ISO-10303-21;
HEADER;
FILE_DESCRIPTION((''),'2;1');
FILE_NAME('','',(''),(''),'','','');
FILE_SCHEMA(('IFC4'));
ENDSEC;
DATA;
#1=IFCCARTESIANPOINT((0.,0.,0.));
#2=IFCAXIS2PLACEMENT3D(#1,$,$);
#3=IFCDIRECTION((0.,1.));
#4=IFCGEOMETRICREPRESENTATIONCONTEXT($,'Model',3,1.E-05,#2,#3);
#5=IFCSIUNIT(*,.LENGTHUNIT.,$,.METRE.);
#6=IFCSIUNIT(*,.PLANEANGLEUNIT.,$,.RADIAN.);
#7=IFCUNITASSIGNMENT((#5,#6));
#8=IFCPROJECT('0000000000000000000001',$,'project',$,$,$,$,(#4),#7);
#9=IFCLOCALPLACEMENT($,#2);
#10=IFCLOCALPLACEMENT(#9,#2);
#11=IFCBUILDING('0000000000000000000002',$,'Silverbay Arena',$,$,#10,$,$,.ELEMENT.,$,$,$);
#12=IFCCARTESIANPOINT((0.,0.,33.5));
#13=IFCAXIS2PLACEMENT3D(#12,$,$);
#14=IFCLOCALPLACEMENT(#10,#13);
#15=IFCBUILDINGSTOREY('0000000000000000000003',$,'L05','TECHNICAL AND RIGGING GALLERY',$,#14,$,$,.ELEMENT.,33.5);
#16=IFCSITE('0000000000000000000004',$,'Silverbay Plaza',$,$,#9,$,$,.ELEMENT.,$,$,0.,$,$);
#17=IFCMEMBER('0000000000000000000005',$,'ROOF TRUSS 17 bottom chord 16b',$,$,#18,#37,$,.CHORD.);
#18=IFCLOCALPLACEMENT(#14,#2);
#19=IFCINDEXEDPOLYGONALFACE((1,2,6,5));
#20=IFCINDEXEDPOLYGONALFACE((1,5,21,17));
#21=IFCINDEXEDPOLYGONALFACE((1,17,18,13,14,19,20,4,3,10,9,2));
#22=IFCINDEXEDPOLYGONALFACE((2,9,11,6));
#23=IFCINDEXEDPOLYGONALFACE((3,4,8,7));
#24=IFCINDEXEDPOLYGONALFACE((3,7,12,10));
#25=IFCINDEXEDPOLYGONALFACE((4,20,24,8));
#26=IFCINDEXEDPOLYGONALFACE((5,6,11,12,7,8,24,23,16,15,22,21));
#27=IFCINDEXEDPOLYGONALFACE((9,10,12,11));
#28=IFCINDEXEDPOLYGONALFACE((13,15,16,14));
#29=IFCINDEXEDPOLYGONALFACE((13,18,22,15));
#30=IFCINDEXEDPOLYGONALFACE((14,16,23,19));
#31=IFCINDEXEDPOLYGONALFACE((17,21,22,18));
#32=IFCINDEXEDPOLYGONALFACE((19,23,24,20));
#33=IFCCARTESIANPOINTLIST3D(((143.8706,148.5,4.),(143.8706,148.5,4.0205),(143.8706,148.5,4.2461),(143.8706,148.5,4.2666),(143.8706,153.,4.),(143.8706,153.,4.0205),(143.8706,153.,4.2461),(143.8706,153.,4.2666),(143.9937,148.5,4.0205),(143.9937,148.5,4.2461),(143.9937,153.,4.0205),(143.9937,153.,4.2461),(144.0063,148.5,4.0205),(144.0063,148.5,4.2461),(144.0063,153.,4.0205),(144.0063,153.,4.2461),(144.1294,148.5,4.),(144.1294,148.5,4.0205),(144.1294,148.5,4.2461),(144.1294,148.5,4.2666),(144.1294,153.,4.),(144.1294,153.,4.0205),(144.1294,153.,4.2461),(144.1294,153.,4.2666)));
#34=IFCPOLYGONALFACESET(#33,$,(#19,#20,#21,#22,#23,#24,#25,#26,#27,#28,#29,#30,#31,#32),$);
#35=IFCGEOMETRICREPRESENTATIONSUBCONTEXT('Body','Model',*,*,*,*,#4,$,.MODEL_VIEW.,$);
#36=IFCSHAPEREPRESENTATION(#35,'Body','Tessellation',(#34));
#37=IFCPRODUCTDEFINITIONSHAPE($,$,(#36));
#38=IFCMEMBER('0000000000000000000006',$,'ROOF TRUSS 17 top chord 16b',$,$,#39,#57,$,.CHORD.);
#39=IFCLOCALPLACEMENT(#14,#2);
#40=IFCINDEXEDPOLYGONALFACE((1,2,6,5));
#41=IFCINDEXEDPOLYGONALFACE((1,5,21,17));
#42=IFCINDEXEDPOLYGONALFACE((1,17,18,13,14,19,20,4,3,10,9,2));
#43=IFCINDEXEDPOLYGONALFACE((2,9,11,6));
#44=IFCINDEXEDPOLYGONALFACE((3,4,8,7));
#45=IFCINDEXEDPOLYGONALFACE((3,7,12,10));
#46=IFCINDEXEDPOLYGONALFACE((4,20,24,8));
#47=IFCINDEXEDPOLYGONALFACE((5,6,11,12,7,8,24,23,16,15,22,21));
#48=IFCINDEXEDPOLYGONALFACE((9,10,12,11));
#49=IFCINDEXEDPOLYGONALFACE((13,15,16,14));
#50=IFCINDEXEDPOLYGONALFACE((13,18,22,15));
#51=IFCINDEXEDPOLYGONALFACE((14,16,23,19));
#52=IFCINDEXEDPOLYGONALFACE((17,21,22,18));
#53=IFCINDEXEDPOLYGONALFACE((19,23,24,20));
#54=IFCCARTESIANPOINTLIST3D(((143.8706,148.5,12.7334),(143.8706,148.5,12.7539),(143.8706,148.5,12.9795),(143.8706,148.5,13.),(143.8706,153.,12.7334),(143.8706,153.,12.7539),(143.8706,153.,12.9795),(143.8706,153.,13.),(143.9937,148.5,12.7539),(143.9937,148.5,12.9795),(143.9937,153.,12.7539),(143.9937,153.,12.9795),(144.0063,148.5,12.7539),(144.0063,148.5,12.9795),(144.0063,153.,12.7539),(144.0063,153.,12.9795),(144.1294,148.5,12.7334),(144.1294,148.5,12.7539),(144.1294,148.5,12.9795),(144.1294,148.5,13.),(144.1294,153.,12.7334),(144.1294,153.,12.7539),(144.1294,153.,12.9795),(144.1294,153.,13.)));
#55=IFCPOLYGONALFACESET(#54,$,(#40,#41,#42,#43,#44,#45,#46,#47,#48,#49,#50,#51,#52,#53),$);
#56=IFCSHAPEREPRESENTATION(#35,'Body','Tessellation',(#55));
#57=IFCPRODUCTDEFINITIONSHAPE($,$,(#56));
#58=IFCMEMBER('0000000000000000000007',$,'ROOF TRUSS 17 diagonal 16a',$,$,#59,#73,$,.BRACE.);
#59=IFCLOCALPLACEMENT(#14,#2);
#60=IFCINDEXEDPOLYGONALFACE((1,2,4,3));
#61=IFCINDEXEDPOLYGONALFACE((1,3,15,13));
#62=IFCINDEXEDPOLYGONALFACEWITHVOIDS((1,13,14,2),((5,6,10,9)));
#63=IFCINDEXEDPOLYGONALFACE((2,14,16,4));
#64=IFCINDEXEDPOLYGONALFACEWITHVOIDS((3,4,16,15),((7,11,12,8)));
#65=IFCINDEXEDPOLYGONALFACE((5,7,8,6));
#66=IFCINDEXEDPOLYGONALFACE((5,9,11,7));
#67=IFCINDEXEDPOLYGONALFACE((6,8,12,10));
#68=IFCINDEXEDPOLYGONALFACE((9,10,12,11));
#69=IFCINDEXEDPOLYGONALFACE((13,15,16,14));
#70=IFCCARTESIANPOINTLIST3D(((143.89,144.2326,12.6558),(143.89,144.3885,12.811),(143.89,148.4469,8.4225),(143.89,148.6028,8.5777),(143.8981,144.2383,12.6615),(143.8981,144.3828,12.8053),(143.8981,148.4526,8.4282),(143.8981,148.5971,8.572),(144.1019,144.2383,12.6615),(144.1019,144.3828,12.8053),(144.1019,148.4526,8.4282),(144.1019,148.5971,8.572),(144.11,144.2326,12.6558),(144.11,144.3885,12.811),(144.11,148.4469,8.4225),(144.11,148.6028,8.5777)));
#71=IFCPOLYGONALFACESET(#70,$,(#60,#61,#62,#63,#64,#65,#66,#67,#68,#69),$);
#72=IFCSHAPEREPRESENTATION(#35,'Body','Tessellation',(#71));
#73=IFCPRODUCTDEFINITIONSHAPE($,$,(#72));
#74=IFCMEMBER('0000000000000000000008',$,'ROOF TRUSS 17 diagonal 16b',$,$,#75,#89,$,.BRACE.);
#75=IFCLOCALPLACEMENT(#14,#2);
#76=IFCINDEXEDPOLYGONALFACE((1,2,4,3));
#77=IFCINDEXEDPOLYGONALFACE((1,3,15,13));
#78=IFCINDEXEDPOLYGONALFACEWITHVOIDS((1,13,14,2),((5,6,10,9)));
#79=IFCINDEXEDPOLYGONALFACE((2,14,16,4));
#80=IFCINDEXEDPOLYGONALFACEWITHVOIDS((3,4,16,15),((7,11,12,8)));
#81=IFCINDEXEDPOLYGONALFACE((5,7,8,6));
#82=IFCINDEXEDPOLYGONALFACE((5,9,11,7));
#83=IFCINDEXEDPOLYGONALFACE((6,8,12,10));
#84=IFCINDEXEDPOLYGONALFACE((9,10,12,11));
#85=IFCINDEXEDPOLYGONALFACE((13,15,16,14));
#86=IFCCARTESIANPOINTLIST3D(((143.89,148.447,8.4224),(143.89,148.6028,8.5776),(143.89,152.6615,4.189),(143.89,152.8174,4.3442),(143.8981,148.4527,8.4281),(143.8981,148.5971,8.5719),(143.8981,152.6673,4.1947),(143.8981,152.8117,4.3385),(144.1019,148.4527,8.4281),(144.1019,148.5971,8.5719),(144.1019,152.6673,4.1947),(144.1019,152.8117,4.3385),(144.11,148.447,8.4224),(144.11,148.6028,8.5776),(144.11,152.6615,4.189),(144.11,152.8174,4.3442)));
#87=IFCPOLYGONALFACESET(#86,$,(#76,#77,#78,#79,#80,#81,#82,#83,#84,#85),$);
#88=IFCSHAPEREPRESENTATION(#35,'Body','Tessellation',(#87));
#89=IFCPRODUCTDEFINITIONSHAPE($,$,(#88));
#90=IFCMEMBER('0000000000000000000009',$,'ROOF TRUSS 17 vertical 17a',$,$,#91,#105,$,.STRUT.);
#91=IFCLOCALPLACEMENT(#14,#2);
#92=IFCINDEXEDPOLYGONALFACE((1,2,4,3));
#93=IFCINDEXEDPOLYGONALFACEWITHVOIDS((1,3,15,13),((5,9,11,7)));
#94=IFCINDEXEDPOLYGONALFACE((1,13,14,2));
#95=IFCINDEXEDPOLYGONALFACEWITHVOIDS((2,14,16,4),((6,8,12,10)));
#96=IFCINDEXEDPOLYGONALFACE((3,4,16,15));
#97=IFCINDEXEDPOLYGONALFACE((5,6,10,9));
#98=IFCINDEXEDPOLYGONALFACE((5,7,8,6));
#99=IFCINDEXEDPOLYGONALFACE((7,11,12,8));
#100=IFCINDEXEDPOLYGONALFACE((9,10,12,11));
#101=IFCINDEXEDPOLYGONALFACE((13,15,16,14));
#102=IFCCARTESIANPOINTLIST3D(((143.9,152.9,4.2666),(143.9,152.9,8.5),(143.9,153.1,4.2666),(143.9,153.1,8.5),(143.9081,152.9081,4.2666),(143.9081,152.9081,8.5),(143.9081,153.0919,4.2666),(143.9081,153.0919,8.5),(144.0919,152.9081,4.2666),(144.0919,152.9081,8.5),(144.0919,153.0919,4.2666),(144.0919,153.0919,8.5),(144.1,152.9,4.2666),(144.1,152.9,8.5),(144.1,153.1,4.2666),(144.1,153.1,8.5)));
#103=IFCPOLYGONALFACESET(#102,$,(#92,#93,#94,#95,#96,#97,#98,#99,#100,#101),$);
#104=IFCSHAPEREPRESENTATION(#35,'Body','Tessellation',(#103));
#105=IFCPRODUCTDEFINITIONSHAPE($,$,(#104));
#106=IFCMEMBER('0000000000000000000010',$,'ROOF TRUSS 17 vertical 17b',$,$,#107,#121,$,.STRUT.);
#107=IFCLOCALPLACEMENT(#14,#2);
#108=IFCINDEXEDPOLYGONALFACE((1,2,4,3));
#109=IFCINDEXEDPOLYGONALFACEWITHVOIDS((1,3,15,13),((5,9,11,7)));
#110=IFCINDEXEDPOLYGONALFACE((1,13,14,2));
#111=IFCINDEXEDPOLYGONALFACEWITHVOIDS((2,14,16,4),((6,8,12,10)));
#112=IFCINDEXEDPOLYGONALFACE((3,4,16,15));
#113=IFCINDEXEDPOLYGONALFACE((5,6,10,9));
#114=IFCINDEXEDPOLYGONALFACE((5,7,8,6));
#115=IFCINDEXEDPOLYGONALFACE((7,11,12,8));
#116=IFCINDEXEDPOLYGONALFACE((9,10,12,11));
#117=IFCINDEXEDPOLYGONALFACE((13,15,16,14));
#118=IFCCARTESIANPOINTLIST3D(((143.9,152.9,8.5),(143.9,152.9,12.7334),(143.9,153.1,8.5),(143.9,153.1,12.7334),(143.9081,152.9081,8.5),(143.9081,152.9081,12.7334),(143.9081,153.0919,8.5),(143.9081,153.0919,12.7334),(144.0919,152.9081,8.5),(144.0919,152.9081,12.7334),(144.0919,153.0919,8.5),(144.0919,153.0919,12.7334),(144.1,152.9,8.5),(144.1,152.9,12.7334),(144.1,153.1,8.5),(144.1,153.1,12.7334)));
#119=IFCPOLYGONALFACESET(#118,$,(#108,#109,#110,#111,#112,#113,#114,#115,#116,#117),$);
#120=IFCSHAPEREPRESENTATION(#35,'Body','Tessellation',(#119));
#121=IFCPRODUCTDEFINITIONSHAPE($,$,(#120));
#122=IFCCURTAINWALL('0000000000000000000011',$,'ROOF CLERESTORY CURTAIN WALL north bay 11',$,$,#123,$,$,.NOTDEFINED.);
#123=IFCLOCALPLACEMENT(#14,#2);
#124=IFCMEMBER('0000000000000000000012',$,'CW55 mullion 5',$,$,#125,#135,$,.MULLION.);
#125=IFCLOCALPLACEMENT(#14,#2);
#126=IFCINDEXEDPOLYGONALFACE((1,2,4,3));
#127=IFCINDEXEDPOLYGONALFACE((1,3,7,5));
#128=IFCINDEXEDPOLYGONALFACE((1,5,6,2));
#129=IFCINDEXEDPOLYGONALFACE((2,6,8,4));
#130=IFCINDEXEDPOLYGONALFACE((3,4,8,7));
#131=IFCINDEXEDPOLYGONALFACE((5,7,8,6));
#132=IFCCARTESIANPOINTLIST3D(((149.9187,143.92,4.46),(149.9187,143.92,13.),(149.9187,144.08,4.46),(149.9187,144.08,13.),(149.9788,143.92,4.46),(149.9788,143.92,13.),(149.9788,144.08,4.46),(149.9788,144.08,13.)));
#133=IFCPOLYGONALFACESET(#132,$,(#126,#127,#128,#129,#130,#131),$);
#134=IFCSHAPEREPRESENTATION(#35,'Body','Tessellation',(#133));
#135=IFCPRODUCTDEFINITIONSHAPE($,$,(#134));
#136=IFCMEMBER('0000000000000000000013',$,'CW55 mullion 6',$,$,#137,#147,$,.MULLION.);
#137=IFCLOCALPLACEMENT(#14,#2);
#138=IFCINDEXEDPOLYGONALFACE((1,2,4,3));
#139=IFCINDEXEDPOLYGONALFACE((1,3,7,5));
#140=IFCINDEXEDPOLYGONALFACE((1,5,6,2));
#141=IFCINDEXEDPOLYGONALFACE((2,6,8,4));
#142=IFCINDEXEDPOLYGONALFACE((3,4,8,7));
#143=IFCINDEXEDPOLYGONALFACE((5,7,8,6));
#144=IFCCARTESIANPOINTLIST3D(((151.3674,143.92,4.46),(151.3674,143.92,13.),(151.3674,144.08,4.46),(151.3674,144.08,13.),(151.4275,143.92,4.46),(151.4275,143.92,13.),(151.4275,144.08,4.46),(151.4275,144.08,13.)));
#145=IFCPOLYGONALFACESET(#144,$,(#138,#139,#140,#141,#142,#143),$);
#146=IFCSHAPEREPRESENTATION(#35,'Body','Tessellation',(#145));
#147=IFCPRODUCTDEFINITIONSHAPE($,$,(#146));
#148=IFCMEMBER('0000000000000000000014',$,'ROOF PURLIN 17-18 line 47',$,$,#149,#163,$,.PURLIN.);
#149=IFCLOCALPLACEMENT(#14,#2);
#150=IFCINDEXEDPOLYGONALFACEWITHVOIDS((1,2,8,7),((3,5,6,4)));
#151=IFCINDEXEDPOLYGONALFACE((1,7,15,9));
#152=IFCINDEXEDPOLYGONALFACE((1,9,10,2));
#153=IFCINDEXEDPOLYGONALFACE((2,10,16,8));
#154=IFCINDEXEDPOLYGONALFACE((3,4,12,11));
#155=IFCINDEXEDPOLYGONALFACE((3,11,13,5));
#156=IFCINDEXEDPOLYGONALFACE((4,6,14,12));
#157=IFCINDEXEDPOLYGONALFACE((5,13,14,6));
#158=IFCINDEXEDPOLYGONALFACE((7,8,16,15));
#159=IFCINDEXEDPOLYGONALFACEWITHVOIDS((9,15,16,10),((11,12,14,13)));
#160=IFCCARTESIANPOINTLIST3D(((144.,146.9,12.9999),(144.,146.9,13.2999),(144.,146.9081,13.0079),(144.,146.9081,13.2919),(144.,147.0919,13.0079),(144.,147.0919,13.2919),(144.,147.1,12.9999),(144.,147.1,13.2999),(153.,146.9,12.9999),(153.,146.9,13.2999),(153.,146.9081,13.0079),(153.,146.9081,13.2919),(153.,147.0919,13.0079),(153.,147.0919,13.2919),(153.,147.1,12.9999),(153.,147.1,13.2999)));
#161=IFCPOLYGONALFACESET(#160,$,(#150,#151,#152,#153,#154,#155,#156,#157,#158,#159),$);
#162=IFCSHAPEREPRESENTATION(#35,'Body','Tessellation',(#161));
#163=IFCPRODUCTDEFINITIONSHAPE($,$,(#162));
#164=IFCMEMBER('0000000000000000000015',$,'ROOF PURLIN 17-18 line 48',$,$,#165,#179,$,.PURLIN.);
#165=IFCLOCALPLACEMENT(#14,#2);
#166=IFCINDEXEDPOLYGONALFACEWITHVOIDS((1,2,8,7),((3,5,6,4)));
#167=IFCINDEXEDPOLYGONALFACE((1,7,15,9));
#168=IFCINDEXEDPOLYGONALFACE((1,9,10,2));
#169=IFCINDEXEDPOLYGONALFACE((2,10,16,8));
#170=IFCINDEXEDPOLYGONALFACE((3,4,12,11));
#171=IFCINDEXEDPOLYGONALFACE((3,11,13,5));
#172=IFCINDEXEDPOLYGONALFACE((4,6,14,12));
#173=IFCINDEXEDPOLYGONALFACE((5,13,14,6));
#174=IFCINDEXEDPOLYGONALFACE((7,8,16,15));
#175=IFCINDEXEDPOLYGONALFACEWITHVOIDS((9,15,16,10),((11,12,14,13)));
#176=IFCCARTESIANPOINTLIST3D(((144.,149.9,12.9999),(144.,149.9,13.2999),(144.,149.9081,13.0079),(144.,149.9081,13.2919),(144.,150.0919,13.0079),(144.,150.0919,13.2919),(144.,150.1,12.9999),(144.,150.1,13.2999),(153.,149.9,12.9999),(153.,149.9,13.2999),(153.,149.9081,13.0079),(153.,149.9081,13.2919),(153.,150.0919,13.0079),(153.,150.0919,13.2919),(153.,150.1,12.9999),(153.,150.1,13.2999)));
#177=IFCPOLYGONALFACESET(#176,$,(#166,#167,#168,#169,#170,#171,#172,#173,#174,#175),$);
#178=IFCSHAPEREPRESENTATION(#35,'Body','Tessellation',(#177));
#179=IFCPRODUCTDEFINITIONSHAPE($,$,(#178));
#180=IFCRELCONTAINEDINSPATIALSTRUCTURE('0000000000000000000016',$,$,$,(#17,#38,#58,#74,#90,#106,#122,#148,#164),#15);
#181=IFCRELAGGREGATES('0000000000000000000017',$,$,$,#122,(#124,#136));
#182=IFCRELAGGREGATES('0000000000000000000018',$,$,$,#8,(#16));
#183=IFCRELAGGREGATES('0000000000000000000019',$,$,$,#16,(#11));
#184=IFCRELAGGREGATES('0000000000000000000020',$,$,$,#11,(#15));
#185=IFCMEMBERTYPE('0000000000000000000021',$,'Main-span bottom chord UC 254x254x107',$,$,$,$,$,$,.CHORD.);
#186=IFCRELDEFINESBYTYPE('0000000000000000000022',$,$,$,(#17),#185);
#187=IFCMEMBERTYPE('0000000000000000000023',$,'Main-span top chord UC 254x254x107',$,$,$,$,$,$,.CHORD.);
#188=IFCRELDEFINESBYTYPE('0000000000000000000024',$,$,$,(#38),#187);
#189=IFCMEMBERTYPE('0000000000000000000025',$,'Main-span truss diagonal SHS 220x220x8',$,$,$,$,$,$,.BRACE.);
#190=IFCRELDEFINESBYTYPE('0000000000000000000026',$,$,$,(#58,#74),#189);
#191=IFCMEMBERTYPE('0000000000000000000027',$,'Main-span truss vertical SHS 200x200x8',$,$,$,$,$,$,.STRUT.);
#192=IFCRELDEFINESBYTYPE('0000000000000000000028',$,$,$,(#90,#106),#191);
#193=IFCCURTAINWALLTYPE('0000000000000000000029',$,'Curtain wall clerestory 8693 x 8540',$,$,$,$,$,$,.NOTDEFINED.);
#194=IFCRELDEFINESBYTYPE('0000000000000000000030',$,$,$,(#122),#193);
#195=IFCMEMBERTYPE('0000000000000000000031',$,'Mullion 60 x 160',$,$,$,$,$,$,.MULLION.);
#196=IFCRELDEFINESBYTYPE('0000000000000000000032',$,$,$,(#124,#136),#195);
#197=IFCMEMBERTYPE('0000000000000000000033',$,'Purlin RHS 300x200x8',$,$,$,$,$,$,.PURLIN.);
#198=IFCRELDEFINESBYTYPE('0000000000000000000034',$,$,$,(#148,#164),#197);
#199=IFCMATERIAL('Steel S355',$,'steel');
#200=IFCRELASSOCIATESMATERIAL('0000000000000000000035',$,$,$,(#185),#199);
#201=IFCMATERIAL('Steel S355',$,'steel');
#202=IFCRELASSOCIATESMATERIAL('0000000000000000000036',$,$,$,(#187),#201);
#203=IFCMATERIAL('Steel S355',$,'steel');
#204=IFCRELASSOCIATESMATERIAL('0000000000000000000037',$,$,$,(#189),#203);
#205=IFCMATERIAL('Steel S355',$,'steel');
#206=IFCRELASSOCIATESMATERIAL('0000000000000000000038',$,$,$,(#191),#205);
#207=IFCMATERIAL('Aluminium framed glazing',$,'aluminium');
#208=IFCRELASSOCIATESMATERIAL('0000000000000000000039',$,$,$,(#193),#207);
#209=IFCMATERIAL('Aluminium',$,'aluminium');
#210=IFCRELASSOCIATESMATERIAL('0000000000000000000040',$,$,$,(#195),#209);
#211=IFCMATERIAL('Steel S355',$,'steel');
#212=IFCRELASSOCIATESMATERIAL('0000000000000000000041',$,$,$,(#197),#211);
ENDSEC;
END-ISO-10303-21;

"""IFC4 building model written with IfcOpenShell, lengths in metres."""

from ifc_helpers import new_model, si_unit, direction, frame, origin, origin_2d, place, context, subcontext, project, spatial, rectangle, hollow_rectangle, i_section, extrude, material, material_profile, profile_set, type_object, element, aggregate, save


model = new_model("IFC4")

# Units and contexts
model_context = context("Model", 3, precision=1e-05, world=origin(), true_north=direction((0.0, 1.0)))
body_context = subcontext(model_context, "Body", "Model", "MODEL_VIEW")
ifc_project = project(units=[si_unit("LENGTHUNIT", "METRE"), si_unit("PLANEANGLEUNIT", "RADIAN")], contexts=[model_context])

# Site, building, storey
site_placement = place(None, origin())
site = spatial("IfcSite", under=ifc_project, at=site_placement, Name="Silverbay Plaza", CompositionType="ELEMENT", RefElevation=0.0)
building_placement = place(site_placement, origin())
building = spatial("IfcBuilding", under=site, at=building_placement, Name="Silverbay Arena", CompositionType="ELEMENT")
storey_placement = place(building_placement, frame((0.0, 0.0, 33.5)))
storey = spatial("IfcBuildingStorey", under=building, at=storey_placement, Name="L05", Description="TECHNICAL AND RIGGING GALLERY", CompositionType="ELEMENT", Elevation=33.5)

# Members
ifc_material_1 = material(Name="Steel S355", Category="steel")
ifc_material_profile_1 = material_profile(ifc_material_1, i_section(OverallWidth=0.2588, OverallDepth=0.2666, WebThickness=0.0127, FlangeThickness=0.0205, at=origin_2d()), Name="UC 254x254x107")
ifc_profile_set_1 = profile_set([ifc_material_profile_1], Name="Steel S355")
member_type_1 = type_object("IfcMemberType", Name="Main-span bottom chord UC 254x254x107", PredefinedType="CHORD", material=ifc_profile_set_1)
member_1_placement = place(storey_placement, frame((144.0, 148.5, 4.1333), z_axis=(0.0, 1.0, 0.0), x_axis=(-1.0, 0.0, 0.0)))
element("IfcMember", 1, at=member_1_placement, inside=storey, type_object=member_type_1, Name="ROOF TRUSS 17 bottom chord 16b", PredefinedType="CHORD", context=body_context, shape_type="SweptSolid", body=[
    extrude(i_section(OverallWidth=0.2588, OverallDepth=0.2666, WebThickness=0.0127, FlangeThickness=0.0205, at=origin_2d()), origin(), (0.0, 0.0, 1.0), 4.5),
])
ifc_material_2 = material(Name="Steel S355", Category="steel")
ifc_material_profile_2 = material_profile(ifc_material_2, i_section(OverallWidth=0.2588, OverallDepth=0.2666, WebThickness=0.0127, FlangeThickness=0.0205, at=origin_2d()), Name="UC 254x254x107")
ifc_profile_set_2 = profile_set([ifc_material_profile_2], Name="Steel S355")
member_type_2 = type_object("IfcMemberType", Name="Main-span top chord UC 254x254x107", PredefinedType="CHORD", material=ifc_profile_set_2)
member_2_placement = place(storey_placement, frame((144.0, 148.5, 12.8667), z_axis=(0.0, 1.0, 0.0), x_axis=(-1.0, 0.0, 0.0)))
element("IfcMember", 2, at=member_2_placement, inside=storey, type_object=member_type_2, Name="ROOF TRUSS 17 top chord 16b", PredefinedType="CHORD", context=body_context, shape_type="SweptSolid", body=[
    extrude(i_section(OverallWidth=0.2588, OverallDepth=0.2666, WebThickness=0.0127, FlangeThickness=0.0205, at=origin_2d()), origin(), (0.0, 0.0, 1.0), 4.5),
])
ifc_material_3 = material(Name="Steel S355", Category="steel")
ifc_material_profile_3 = material_profile(ifc_material_3, hollow_rectangle(XDim=0.22, YDim=0.22, WallThickness=0.0081, at=origin_2d()), Name="SHS 220x220x8")
ifc_profile_set_3 = profile_set([ifc_material_profile_3], Name="Steel S355")
member_type_3 = type_object("IfcMemberType", Name="Main-span truss diagonal SHS 220x220x8", PredefinedType="BRACE", material=ifc_profile_set_3)
member_3_placement = place(storey_placement, frame((144.0, 144.3105, 12.7334), z_axis=(0.0, 0.705511, -0.708699), x_axis=(-1.0, 0.0, 0.0)))
element("IfcMember", 3, at=member_3_placement, inside=storey, type_object=member_type_3, Name="ROOF TRUSS 17 diagonal 16a", PredefinedType="BRACE", context=body_context, shape_type="SweptSolid", body=[
    extrude(hollow_rectangle(XDim=0.22, YDim=0.22, WallThickness=0.0081, at=origin_2d()), origin(), (0.0, 0.0, 1.0), 5.9734),
])
member_4_placement = place(storey_placement, frame((144.0, 148.5249, 8.5), z_axis=(0.0, 0.705532, -0.708679), x_axis=(-1.0, 0.0, 0.0)))
element("IfcMember", 4, at=member_4_placement, inside=storey, type_object=member_type_3, Name="ROOF TRUSS 17 diagonal 16b", PredefinedType="BRACE", context=body_context, shape_type="SweptSolid", body=[
    extrude(hollow_rectangle(XDim=0.22, YDim=0.22, WallThickness=0.0081, at=origin_2d()), origin(), (0.0, 0.0, 1.0), 5.9736),
])
ifc_material_4 = material(Name="Steel S355", Category="steel")
ifc_material_profile_4 = material_profile(ifc_material_4, hollow_rectangle(XDim=0.2, YDim=0.2, WallThickness=0.0081, at=origin_2d()), Name="SHS 200x200x8")
ifc_profile_set_4 = profile_set([ifc_material_profile_4], Name="Steel S355")
member_type_4 = type_object("IfcMemberType", Name="Main-span truss vertical SHS 200x200x8", PredefinedType="STRUT", material=ifc_profile_set_4)
for number, where, z_axis, x_axis, name in (
    (5, (144.0, 153.0, 4.2666), (0.0, 0.0, 1.0), (1.0, 0.0, 0.0), "ROOF TRUSS 17 vertical 17a"),
    (6, (144.0, 153.0, 8.5), (0.0, 0.0, 1.0), (1.0, 0.0, 0.0), "ROOF TRUSS 17 vertical 17b"),
):
    element("IfcMember", number, at=place(storey_placement, frame(where, z_axis=z_axis, x_axis=x_axis)), inside=storey, type_object=member_type_4, Name=name, PredefinedType="STRUT", context=body_context, shape_type="SweptSolid", body=[
        extrude(hollow_rectangle(XDim=0.2, YDim=0.2, WallThickness=0.0081, at=origin_2d()), origin(), (0.0, 0.0, 1.0), 4.2334),
    ])

# Curtain wall, members
ifc_material_5 = material(Name="Aluminium framed glazing", Category="aluminium")
curtain_wall_type = type_object("IfcCurtainWallType", Name="Curtain wall clerestory 8693 x 8540", PredefinedType="NOTDEFINED", material=ifc_material_5)
curtain_wall_placement = place(storey_placement, origin())
curtain_wall = element("IfcCurtainWall", 7, at=curtain_wall_placement, inside=storey, type_object=curtain_wall_type, Name="ROOF CLERESTORY CURTAIN WALL north bay 11", PredefinedType="NOTDEFINED")
ifc_material_6 = material(Name="Aluminium", Category="aluminium")
ifc_material_profile_5 = material_profile(ifc_material_6, rectangle(XDim=0.1599, YDim=0.0601, at=origin_2d()), Name="Mullion 60 x 160")
ifc_profile_set_5 = profile_set([ifc_material_profile_5], Name="Aluminium")
member_type_5 = type_object("IfcMemberType", Name="Mullion 60 x 160", PredefinedType="MULLION", material=ifc_profile_set_5)
member_5_placement = place(storey_placement, frame((149.9487, 144.0, 4.46), z_axis=(0.0, 0.0, 1.0), x_axis=(0.0, 1.0, 0.0)))
member_5 = element("IfcMember", 8, at=member_5_placement, type_object=member_type_5, Name="CW55 mullion 5", PredefinedType="MULLION", context=body_context, shape_type="SweptSolid", body=[
    extrude(rectangle(XDim=0.1599, YDim=0.0601, at=origin_2d()), origin(), (0.0, 0.0, 1.0), 8.54),
])
member_6_placement = place(storey_placement, frame((151.3975, 144.0, 4.46), z_axis=(0.0, 0.0, 1.0), x_axis=(0.0, 1.0, 0.0)))
member_6 = element("IfcMember", 9, at=member_6_placement, type_object=member_type_5, Name="CW55 mullion 6", PredefinedType="MULLION", context=body_context, shape_type="SweptSolid", body=[
    extrude(rectangle(XDim=0.1599, YDim=0.0601, at=origin_2d()), origin(), (0.0, 0.0, 1.0), 8.54),
])

# Members
ifc_material_7 = material(Name="Steel S355", Category="steel")
ifc_material_profile_6 = material_profile(ifc_material_7, hollow_rectangle(XDim=0.2, YDim=0.3, WallThickness=0.0081, at=origin_2d()), Name="RHS 300x200x8")
ifc_profile_set_6 = profile_set([ifc_material_profile_6], Name="Steel S355")
member_type_6 = type_object("IfcMemberType", Name="Purlin RHS 300x200x8", PredefinedType="PURLIN", material=ifc_profile_set_6)
for number, where, z_axis, x_axis, name in (
    (10, (144.0, 147.0, 13.1499), (1.0, 0.0, 0.0), (0.0, 1.0, 0.0), "ROOF PURLIN 17-18 line 47"),
    (11, (144.0, 150.0, 13.1499), (1.0, 0.0, 0.0), (0.0, 1.0, 0.0), "ROOF PURLIN 17-18 line 48"),
):
    element("IfcMember", number, at=place(storey_placement, frame(where, z_axis=z_axis, x_axis=x_axis)), inside=storey, type_object=member_type_6, Name=name, PredefinedType="PURLIN", context=body_context, shape_type="SweptSolid", body=[
        extrude(hollow_rectangle(XDim=0.2, YDim=0.3, WallThickness=0.0081, at=origin_2d()), origin(), (0.0, 0.0, 1.0), 9.0),
    ])

aggregate(curtain_wall, [member_5, member_6])

save(model, "model.ifc")
